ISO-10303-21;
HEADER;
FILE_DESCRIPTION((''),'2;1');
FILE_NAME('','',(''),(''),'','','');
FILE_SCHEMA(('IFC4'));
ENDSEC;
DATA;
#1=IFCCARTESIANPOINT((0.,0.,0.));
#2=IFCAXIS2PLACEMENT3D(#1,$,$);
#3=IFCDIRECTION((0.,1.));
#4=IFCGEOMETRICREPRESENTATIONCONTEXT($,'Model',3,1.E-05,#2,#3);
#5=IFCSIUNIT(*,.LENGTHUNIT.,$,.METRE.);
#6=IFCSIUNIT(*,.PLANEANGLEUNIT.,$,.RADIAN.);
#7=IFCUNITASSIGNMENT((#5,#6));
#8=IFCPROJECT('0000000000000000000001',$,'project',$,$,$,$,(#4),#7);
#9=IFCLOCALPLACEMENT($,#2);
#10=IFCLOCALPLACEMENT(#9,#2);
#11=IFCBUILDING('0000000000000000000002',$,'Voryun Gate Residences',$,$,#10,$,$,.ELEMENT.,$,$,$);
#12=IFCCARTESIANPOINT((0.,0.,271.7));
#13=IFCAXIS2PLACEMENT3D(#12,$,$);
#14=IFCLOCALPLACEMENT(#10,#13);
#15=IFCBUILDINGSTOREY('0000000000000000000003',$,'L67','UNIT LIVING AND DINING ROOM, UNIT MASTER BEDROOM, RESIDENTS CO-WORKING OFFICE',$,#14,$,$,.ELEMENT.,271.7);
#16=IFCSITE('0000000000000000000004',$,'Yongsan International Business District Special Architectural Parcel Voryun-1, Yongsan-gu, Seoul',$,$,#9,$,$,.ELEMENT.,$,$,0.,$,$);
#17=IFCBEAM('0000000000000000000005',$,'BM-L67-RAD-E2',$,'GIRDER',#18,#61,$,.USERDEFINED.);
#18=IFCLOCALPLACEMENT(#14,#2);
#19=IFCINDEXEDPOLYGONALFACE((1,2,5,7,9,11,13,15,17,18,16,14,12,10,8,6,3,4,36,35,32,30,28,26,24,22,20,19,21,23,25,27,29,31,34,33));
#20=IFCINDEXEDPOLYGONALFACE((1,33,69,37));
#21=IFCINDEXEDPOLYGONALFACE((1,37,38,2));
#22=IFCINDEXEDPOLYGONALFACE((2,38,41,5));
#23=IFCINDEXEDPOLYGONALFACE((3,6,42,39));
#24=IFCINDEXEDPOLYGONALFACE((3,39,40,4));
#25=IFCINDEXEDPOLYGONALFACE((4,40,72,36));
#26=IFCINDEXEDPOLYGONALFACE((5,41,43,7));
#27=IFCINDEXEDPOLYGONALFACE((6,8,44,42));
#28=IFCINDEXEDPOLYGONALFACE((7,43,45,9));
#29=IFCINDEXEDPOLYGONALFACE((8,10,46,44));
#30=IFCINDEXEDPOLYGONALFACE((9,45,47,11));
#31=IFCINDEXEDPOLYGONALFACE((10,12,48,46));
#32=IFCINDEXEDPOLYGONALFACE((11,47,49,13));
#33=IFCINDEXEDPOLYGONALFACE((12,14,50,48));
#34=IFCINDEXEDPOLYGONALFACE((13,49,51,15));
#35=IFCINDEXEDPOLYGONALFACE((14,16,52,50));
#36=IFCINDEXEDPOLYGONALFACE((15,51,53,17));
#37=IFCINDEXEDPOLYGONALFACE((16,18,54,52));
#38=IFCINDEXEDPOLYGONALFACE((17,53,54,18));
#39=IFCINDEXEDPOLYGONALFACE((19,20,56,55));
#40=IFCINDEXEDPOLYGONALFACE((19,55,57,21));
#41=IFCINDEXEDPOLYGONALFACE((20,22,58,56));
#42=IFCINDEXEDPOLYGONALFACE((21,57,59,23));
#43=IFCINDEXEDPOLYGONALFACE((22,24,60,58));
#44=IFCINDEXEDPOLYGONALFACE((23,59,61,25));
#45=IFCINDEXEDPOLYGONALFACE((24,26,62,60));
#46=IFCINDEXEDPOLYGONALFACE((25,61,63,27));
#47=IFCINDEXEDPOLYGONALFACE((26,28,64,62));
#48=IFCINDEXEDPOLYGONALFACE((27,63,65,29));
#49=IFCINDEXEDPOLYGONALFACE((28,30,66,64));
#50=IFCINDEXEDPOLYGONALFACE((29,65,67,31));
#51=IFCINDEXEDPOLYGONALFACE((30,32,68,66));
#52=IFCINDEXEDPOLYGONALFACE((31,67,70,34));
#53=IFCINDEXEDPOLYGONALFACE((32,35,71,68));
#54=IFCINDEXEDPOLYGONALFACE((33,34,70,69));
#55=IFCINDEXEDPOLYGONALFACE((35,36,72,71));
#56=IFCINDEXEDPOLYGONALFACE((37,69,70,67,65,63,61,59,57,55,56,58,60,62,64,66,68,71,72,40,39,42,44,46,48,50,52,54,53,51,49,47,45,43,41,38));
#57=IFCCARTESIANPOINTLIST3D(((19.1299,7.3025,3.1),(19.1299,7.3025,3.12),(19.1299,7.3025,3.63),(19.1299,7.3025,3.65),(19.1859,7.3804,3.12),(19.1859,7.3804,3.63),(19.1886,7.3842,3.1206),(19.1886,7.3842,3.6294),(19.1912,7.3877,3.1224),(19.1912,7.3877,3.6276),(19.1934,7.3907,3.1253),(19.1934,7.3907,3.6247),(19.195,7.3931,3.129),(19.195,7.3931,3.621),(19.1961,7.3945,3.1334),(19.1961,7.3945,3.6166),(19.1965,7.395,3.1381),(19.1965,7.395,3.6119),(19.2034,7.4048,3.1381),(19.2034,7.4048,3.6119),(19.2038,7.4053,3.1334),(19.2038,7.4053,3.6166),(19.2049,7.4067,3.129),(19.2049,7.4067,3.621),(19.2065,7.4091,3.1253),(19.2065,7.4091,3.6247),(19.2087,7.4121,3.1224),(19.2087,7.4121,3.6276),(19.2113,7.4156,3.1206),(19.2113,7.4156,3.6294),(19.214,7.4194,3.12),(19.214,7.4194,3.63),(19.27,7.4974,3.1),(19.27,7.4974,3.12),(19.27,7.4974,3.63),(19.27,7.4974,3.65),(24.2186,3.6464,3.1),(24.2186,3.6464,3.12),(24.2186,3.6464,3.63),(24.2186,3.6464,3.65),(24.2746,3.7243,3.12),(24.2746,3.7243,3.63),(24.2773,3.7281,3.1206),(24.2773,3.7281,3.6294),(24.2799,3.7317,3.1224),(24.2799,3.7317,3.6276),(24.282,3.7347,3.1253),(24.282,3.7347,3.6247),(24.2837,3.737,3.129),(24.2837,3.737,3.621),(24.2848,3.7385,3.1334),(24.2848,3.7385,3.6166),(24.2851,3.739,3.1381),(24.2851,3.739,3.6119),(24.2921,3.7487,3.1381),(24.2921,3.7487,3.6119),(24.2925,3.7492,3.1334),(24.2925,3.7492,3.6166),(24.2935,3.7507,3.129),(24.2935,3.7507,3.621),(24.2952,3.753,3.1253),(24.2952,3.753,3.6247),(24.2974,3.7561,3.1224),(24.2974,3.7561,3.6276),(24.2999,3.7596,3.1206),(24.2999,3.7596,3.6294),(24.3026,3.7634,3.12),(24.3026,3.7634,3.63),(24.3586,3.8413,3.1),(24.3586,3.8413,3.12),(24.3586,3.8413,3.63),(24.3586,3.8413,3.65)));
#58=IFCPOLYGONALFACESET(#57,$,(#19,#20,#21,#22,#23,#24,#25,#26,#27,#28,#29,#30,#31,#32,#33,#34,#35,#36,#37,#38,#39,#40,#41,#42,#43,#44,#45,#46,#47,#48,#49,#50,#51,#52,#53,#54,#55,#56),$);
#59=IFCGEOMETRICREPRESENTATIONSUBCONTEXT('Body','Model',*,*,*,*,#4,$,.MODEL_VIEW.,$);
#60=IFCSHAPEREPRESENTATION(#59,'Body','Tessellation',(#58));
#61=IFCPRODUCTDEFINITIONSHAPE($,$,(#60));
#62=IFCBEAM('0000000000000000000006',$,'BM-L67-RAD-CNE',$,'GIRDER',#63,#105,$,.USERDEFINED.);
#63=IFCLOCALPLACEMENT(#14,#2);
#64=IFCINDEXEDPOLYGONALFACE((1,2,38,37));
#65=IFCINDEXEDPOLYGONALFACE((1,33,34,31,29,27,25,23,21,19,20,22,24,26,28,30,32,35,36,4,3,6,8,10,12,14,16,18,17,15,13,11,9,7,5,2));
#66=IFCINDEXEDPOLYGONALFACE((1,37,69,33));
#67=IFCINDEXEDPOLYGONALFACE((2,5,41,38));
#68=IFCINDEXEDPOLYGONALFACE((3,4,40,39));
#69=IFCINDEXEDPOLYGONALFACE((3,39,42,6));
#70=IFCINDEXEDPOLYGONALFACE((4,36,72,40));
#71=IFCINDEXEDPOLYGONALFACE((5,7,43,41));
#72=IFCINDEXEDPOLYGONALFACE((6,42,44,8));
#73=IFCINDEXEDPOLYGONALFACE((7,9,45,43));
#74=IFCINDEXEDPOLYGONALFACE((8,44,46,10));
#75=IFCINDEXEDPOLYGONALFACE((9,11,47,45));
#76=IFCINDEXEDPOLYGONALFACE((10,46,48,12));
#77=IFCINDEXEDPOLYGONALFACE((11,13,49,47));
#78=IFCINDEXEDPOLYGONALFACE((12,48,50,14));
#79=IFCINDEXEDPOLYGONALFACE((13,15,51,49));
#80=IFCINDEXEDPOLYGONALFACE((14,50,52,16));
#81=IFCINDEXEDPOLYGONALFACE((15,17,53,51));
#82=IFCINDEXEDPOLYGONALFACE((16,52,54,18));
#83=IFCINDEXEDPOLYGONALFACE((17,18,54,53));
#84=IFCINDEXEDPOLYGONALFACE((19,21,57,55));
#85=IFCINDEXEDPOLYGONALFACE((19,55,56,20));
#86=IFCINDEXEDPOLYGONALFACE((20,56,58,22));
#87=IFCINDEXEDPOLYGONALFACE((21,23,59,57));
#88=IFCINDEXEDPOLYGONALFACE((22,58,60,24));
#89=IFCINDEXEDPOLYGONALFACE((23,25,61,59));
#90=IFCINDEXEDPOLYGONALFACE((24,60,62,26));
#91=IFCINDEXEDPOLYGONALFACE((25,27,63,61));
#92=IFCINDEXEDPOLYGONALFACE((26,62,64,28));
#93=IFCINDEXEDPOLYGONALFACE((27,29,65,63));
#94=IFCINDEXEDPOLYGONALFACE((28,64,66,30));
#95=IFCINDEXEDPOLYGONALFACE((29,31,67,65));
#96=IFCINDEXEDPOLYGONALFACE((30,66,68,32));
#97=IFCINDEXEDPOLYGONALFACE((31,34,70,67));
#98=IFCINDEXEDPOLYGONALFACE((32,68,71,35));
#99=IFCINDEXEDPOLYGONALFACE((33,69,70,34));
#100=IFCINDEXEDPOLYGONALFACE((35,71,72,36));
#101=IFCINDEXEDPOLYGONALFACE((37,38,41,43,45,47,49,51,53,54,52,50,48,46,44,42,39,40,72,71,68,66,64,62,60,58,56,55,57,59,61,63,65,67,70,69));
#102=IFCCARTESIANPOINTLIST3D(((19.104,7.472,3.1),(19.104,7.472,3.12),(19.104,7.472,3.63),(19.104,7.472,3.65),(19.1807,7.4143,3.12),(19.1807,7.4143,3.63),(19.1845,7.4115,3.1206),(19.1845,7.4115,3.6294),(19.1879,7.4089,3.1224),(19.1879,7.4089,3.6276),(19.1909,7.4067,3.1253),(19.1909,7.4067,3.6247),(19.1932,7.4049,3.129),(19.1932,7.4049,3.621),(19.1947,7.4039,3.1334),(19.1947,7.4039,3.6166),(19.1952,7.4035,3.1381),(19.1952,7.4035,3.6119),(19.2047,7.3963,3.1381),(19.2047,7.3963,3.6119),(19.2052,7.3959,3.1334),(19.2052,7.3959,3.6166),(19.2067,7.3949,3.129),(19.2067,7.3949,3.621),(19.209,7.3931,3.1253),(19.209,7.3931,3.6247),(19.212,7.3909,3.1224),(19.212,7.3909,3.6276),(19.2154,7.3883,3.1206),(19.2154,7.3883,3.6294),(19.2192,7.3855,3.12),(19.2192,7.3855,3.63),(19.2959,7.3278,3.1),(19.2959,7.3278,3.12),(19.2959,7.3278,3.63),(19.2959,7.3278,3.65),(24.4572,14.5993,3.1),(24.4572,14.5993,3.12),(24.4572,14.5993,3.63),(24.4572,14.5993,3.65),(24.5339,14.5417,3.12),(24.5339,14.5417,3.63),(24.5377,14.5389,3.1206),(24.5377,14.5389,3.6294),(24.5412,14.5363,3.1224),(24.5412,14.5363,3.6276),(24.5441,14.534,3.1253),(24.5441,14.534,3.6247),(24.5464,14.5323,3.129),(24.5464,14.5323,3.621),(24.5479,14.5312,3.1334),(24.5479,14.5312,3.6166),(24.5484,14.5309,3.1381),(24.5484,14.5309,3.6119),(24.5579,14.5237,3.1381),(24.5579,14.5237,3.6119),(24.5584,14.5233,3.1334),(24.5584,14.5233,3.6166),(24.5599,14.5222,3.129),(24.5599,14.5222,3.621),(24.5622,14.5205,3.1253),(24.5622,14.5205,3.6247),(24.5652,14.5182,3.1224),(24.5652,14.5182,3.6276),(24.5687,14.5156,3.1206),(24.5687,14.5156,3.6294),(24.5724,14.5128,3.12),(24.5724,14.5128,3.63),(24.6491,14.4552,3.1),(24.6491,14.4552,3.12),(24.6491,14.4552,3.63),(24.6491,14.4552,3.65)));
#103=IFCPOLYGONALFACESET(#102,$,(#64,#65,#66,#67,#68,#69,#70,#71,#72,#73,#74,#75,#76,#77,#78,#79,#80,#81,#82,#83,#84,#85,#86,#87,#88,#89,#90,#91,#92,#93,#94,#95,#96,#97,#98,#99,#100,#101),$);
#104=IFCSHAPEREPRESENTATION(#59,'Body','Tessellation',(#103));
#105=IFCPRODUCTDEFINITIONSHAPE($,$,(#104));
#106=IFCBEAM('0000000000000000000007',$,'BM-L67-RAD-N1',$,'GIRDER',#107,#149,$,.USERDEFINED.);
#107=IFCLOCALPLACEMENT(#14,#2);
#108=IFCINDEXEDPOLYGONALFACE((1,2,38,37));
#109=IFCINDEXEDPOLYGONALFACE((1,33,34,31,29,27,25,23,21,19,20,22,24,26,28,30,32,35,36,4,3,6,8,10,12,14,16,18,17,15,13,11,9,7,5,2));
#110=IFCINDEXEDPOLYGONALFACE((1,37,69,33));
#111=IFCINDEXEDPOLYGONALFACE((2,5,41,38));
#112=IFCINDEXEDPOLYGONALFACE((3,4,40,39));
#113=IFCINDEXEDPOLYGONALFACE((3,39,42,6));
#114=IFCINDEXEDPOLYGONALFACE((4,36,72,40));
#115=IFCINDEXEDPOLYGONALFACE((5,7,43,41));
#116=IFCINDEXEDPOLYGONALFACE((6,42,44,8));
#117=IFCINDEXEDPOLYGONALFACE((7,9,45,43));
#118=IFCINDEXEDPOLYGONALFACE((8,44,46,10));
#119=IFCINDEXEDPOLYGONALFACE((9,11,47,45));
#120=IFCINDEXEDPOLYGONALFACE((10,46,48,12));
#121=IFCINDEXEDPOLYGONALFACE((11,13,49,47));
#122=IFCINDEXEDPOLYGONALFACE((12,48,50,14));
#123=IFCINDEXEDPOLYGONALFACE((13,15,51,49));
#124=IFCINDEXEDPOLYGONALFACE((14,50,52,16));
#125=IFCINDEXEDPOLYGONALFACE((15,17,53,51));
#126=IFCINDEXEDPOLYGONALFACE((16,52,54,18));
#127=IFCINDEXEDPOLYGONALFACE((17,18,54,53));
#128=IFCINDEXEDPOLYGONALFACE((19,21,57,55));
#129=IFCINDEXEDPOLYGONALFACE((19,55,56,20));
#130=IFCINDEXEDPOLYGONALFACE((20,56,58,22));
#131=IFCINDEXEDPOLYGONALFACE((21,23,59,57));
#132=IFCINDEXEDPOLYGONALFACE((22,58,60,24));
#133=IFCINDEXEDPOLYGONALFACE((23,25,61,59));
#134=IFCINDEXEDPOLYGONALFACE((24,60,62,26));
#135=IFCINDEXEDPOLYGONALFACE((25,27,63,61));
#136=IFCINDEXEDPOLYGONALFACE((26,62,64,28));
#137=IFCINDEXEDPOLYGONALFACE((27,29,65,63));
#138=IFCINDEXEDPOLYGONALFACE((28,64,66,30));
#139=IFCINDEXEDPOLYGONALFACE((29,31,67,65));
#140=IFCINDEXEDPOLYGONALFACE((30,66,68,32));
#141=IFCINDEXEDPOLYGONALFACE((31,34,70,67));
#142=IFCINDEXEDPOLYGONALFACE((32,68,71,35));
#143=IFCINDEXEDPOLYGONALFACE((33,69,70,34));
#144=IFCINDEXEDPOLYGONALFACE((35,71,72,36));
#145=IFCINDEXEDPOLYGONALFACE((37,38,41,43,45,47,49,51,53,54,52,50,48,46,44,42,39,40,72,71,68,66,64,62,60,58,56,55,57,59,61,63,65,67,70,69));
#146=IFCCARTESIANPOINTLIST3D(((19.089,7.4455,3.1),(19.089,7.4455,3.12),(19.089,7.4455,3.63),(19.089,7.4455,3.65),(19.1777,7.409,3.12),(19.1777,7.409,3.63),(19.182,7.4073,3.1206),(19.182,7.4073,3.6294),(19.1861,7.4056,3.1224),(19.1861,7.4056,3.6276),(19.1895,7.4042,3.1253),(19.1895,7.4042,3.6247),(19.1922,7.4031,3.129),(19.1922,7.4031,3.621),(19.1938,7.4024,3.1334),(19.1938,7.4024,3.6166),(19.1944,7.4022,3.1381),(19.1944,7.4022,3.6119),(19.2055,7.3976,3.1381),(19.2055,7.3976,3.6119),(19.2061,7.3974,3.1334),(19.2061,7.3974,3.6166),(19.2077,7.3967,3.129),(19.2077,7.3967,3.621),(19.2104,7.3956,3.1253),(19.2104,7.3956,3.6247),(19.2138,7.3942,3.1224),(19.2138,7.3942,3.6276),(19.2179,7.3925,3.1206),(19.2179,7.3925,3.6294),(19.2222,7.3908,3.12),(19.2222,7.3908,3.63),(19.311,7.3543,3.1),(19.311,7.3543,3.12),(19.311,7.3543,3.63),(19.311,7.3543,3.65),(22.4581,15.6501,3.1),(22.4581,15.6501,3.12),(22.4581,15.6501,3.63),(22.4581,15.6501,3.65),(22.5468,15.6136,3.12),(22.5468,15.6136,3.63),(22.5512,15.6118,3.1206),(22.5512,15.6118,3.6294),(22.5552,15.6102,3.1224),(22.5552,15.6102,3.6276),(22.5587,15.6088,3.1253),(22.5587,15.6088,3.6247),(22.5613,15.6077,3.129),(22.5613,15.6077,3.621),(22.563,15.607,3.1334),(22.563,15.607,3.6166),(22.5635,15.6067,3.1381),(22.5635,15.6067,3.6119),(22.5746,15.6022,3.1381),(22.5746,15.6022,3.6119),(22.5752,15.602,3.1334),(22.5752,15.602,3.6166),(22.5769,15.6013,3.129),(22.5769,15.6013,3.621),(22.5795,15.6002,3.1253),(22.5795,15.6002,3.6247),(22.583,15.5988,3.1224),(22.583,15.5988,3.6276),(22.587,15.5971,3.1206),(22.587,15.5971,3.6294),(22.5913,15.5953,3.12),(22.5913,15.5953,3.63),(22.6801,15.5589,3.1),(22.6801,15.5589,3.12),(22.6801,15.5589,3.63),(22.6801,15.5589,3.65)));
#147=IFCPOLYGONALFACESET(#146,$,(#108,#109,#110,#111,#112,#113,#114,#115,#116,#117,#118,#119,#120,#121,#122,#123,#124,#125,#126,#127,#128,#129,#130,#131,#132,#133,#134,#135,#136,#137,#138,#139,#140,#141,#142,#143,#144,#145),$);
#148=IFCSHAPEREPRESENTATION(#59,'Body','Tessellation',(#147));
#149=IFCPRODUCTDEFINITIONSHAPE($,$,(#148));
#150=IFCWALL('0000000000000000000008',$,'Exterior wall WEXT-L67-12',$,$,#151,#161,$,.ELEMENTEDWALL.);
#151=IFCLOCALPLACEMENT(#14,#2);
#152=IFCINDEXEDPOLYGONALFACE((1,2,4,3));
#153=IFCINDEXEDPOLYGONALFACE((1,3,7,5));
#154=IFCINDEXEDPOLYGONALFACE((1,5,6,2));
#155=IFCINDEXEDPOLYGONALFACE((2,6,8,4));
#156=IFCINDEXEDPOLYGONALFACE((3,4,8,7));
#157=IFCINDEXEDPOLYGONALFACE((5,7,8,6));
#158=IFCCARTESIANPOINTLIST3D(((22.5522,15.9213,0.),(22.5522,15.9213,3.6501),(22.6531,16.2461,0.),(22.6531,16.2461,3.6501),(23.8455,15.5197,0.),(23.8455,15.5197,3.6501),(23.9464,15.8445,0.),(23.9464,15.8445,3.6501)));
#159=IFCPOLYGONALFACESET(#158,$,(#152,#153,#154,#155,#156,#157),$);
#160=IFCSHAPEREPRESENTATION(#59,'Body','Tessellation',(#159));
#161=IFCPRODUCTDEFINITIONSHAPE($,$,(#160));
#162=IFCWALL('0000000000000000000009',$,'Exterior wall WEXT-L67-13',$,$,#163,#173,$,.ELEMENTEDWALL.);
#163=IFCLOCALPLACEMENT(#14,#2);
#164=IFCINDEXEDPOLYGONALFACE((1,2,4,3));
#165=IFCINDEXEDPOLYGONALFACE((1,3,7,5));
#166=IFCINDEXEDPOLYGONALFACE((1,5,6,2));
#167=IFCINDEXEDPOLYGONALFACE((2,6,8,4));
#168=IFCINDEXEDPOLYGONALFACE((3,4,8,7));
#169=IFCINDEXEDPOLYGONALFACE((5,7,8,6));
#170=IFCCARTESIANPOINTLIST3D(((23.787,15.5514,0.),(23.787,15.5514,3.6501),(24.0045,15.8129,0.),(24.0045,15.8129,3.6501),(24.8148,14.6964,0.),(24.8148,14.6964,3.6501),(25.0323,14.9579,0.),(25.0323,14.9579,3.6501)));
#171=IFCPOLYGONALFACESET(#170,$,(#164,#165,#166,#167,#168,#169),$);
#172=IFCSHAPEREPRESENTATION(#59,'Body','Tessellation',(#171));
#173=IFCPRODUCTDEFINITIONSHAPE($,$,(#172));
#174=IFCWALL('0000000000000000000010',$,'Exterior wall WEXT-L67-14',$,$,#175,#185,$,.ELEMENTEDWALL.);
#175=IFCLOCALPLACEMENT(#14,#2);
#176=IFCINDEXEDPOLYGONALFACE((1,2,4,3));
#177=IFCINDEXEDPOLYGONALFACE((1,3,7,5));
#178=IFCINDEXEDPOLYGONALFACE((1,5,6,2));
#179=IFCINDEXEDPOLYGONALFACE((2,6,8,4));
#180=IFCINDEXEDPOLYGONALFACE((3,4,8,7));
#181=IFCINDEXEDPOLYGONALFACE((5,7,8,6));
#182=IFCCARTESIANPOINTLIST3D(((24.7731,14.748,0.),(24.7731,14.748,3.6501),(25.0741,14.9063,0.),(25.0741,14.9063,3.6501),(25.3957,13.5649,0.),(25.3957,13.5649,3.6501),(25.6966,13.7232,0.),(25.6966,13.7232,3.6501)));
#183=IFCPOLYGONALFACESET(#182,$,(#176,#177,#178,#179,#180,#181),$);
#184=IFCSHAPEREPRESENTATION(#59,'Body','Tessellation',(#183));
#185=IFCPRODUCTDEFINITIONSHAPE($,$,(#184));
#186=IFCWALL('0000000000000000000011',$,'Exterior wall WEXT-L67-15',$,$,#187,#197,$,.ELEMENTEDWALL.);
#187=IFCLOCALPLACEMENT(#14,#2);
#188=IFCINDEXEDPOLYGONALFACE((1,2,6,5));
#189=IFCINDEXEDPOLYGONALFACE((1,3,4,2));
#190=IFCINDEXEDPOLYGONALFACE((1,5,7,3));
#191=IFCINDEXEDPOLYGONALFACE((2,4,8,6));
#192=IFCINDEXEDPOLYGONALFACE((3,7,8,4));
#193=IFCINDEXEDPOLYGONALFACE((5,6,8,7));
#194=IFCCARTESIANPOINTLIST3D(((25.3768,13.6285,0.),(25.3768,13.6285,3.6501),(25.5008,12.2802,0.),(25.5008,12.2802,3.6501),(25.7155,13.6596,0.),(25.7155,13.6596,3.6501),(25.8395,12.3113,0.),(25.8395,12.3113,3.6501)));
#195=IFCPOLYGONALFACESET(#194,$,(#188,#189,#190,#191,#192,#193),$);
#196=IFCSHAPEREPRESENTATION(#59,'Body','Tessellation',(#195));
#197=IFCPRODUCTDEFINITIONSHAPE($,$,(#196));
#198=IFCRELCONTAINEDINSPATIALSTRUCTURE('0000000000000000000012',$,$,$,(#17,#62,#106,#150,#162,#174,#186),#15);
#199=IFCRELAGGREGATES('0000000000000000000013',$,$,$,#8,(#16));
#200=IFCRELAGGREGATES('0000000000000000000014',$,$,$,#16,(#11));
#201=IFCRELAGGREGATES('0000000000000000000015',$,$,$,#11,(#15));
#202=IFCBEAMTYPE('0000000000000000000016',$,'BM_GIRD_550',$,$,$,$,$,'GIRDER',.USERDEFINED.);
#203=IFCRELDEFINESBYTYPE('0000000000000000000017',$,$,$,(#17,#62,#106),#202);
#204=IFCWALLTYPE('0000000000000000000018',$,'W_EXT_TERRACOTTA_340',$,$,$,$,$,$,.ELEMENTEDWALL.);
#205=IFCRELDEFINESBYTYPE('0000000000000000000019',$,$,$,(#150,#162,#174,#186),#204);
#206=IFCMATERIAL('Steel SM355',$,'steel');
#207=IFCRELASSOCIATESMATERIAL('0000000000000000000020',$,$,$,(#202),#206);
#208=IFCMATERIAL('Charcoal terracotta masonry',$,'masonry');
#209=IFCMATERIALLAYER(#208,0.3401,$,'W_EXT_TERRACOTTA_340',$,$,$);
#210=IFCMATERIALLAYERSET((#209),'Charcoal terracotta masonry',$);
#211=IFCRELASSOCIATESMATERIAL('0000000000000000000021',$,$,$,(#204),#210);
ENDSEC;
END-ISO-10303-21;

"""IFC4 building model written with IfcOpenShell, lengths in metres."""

from ifc_helpers import new_model, si_unit, direction, frame, frame_2d, origin, origin_2d, place, context, subcontext, project, spatial, rectangle, i_section, extrude, material, layer, layer_set, material_profile, profile_set, type_object, element, save


model = new_model("IFC4")

# Units and contexts
model_context = context("Model", 3, precision=1e-05, world=origin(), true_north=direction((0.0, 1.0)))
body_context = subcontext(model_context, "Body", "Model", "MODEL_VIEW")
ifc_project = project(units=[si_unit("LENGTHUNIT", "METRE"), si_unit("PLANEANGLEUNIT", "RADIAN")], contexts=[model_context])

# Site, building, storey
site_placement = place(None, origin())
site = spatial("IfcSite", under=ifc_project, at=site_placement, Name="Yongsan International Business District Special Architectural Parcel Voryun-1, Yongsan-gu, Seoul", CompositionType="ELEMENT", RefElevation=0.0)
building_placement = place(site_placement, origin())
building = spatial("IfcBuilding", under=site, at=building_placement, Name="Voryun Gate Residences", CompositionType="ELEMENT")
storey_placement = place(building_placement, frame((0.0, 0.0, 271.7)))
storey = spatial("IfcBuildingStorey", under=building, at=storey_placement, Name="L67", Description="UNIT LIVING AND DINING ROOM, UNIT MASTER BEDROOM, RESIDENTS CO-WORKING OFFICE", CompositionType="ELEMENT", Elevation=271.7)

# Beams
ifc_material_1 = material(Name="Steel SM355", Category="steel")
ifc_material_profile_1 = material_profile(ifc_material_1, i_section(OverallWidth=0.24, OverallDepth=0.55, WebThickness=0.012, FlangeThickness=0.02, FilletRadius=0.0181, at=origin_2d()), Name="H-550x240x12x20")
ifc_profile_set_1 = profile_set([ifc_material_profile_1], Name="Steel SM355")
beam_type_1 = type_object("IfcBeamType", Name="BM_GIRD_550", ElementType="GIRDER", PredefinedType="USERDEFINED", material=ifc_profile_set_1)
beam_1_placement = place(storey_placement, frame((19.2, 7.3999, 3.375), z_axis=(0.812124, -0.583484, 0.0), x_axis=(0.583484, 0.812124, 0.0)))
element("IfcBeam", 1, at=beam_1_placement, inside=storey, type_object=beam_type_1, Name="BM-L67-RAD-E2", ObjectType="GIRDER", PredefinedType="USERDEFINED", context=body_context, shape_type="SweptSolid", body=[
    extrude(i_section(OverallWidth=0.24, OverallDepth=0.55, WebThickness=0.012, FlangeThickness=0.02, FilletRadius=0.0181, at=origin_2d()), origin(), (0.0, 0.0, 1.0), 6.2659),
])
beam_2_placement = place(storey_placement, frame((19.2, 7.3999, 3.375), z_axis=(0.600552, 0.799586, 0.0), x_axis=(-0.799586, 0.600552, 0.0)))
element("IfcBeam", 2, at=beam_2_placement, inside=storey, type_object=beam_type_1, Name="BM-L67-RAD-CNE", ObjectType="GIRDER", PredefinedType="USERDEFINED", context=body_context, shape_type="SweptSolid", body=[
    extrude(i_section(OverallWidth=0.24, OverallDepth=0.55, WebThickness=0.012, FlangeThickness=0.02, FilletRadius=0.0181, at=origin_2d()), origin(), (0.0, 0.0, 1.0), 8.9138),
])
beam_3_placement = place(storey_placement, frame((19.2, 7.3999, 3.375), z_axis=(0.379861, 0.925044, 0.0), x_axis=(-0.925044, 0.379861, 0.0)))
element("IfcBeam", 3, at=beam_3_placement, inside=storey, type_object=beam_type_1, Name="BM-L67-RAD-N1", ObjectType="GIRDER", PredefinedType="USERDEFINED", context=body_context, shape_type="SweptSolid", body=[
    extrude(i_section(OverallWidth=0.24, OverallDepth=0.55, WebThickness=0.012, FlangeThickness=0.02, FilletRadius=0.0181, at=origin_2d()), origin(), (0.0, 0.0, 1.0), 8.8694),
])

# Walls
ifc_material_2 = material(Name="Charcoal terracotta masonry", Category="masonry")
ifc_layer_1 = layer(ifc_material_2, 0.3401, Name="W_EXT_TERRACOTTA_340")
ifc_layer_set_1 = layer_set([ifc_layer_1], Name="Charcoal terracotta masonry")
wall_type_1 = type_object("IfcWallType", Name="W_EXT_TERRACOTTA_340", PredefinedType="ELEMENTEDWALL", material=ifc_layer_set_1)
wall_1_placement = place(storey_placement, frame((22.6025, 16.0837, 0.0), z_axis=(0.0, 0.0, 1.0), x_axis=(0.955008, -0.296581, 0.0)))
element("IfcWall", 4, at=wall_1_placement, inside=storey, type_object=wall_type_1, Name="Exterior wall WEXT-L67-12", PredefinedType="ELEMENTEDWALL", context=body_context, shape_type="SweptSolid", body=[
    extrude(rectangle(XDim=1.3542, YDim=0.3401, at=frame_2d((0.6772, 0.0))), origin(), (0.0, 0.0, 1.0), 3.6501),
])
for number, where, z_axis, x_axis, name in (
    (5, (23.8958, 15.6821, 0.0), (0.0, 0.0, 1.0), (0.76879, -0.639502, 0.0), "Exterior wall WEXT-L67-13"),
    (6, (24.9236, 14.8271, 0.0), (0.0, 0.0, 1.0), (0.465671, -0.884958, 0.0), "Exterior wall WEXT-L67-14"),
):
    element("IfcWall", number, at=place(storey_placement, frame(where, z_axis=z_axis, x_axis=x_axis)), inside=storey, type_object=wall_type_1, Name=name, PredefinedType="ELEMENTEDWALL", context=body_context, shape_type="SweptSolid", body=[
        extrude(rectangle(XDim=1.3369, YDim=0.3401, at=frame_2d((0.6685, 0.0))), origin(), (0.0, 0.0, 1.0), 3.6501),
    ])
wall_2_placement = place(storey_placement, frame((25.5461, 13.644, 0.0), z_axis=(0.0, 0.0, 1.0), x_axis=(0.091592, -0.995797, 0.0)))
element("IfcWall", 7, at=wall_2_placement, inside=storey, type_object=wall_type_1, Name="Exterior wall WEXT-L67-15", PredefinedType="ELEMENTEDWALL", context=body_context, shape_type="SweptSolid", body=[
    extrude(rectangle(XDim=1.354, YDim=0.3401, at=frame_2d((0.677, 0.0))), origin(), (0.0, 0.0, 1.0), 3.6501),
])

save(model, "model.ifc")
